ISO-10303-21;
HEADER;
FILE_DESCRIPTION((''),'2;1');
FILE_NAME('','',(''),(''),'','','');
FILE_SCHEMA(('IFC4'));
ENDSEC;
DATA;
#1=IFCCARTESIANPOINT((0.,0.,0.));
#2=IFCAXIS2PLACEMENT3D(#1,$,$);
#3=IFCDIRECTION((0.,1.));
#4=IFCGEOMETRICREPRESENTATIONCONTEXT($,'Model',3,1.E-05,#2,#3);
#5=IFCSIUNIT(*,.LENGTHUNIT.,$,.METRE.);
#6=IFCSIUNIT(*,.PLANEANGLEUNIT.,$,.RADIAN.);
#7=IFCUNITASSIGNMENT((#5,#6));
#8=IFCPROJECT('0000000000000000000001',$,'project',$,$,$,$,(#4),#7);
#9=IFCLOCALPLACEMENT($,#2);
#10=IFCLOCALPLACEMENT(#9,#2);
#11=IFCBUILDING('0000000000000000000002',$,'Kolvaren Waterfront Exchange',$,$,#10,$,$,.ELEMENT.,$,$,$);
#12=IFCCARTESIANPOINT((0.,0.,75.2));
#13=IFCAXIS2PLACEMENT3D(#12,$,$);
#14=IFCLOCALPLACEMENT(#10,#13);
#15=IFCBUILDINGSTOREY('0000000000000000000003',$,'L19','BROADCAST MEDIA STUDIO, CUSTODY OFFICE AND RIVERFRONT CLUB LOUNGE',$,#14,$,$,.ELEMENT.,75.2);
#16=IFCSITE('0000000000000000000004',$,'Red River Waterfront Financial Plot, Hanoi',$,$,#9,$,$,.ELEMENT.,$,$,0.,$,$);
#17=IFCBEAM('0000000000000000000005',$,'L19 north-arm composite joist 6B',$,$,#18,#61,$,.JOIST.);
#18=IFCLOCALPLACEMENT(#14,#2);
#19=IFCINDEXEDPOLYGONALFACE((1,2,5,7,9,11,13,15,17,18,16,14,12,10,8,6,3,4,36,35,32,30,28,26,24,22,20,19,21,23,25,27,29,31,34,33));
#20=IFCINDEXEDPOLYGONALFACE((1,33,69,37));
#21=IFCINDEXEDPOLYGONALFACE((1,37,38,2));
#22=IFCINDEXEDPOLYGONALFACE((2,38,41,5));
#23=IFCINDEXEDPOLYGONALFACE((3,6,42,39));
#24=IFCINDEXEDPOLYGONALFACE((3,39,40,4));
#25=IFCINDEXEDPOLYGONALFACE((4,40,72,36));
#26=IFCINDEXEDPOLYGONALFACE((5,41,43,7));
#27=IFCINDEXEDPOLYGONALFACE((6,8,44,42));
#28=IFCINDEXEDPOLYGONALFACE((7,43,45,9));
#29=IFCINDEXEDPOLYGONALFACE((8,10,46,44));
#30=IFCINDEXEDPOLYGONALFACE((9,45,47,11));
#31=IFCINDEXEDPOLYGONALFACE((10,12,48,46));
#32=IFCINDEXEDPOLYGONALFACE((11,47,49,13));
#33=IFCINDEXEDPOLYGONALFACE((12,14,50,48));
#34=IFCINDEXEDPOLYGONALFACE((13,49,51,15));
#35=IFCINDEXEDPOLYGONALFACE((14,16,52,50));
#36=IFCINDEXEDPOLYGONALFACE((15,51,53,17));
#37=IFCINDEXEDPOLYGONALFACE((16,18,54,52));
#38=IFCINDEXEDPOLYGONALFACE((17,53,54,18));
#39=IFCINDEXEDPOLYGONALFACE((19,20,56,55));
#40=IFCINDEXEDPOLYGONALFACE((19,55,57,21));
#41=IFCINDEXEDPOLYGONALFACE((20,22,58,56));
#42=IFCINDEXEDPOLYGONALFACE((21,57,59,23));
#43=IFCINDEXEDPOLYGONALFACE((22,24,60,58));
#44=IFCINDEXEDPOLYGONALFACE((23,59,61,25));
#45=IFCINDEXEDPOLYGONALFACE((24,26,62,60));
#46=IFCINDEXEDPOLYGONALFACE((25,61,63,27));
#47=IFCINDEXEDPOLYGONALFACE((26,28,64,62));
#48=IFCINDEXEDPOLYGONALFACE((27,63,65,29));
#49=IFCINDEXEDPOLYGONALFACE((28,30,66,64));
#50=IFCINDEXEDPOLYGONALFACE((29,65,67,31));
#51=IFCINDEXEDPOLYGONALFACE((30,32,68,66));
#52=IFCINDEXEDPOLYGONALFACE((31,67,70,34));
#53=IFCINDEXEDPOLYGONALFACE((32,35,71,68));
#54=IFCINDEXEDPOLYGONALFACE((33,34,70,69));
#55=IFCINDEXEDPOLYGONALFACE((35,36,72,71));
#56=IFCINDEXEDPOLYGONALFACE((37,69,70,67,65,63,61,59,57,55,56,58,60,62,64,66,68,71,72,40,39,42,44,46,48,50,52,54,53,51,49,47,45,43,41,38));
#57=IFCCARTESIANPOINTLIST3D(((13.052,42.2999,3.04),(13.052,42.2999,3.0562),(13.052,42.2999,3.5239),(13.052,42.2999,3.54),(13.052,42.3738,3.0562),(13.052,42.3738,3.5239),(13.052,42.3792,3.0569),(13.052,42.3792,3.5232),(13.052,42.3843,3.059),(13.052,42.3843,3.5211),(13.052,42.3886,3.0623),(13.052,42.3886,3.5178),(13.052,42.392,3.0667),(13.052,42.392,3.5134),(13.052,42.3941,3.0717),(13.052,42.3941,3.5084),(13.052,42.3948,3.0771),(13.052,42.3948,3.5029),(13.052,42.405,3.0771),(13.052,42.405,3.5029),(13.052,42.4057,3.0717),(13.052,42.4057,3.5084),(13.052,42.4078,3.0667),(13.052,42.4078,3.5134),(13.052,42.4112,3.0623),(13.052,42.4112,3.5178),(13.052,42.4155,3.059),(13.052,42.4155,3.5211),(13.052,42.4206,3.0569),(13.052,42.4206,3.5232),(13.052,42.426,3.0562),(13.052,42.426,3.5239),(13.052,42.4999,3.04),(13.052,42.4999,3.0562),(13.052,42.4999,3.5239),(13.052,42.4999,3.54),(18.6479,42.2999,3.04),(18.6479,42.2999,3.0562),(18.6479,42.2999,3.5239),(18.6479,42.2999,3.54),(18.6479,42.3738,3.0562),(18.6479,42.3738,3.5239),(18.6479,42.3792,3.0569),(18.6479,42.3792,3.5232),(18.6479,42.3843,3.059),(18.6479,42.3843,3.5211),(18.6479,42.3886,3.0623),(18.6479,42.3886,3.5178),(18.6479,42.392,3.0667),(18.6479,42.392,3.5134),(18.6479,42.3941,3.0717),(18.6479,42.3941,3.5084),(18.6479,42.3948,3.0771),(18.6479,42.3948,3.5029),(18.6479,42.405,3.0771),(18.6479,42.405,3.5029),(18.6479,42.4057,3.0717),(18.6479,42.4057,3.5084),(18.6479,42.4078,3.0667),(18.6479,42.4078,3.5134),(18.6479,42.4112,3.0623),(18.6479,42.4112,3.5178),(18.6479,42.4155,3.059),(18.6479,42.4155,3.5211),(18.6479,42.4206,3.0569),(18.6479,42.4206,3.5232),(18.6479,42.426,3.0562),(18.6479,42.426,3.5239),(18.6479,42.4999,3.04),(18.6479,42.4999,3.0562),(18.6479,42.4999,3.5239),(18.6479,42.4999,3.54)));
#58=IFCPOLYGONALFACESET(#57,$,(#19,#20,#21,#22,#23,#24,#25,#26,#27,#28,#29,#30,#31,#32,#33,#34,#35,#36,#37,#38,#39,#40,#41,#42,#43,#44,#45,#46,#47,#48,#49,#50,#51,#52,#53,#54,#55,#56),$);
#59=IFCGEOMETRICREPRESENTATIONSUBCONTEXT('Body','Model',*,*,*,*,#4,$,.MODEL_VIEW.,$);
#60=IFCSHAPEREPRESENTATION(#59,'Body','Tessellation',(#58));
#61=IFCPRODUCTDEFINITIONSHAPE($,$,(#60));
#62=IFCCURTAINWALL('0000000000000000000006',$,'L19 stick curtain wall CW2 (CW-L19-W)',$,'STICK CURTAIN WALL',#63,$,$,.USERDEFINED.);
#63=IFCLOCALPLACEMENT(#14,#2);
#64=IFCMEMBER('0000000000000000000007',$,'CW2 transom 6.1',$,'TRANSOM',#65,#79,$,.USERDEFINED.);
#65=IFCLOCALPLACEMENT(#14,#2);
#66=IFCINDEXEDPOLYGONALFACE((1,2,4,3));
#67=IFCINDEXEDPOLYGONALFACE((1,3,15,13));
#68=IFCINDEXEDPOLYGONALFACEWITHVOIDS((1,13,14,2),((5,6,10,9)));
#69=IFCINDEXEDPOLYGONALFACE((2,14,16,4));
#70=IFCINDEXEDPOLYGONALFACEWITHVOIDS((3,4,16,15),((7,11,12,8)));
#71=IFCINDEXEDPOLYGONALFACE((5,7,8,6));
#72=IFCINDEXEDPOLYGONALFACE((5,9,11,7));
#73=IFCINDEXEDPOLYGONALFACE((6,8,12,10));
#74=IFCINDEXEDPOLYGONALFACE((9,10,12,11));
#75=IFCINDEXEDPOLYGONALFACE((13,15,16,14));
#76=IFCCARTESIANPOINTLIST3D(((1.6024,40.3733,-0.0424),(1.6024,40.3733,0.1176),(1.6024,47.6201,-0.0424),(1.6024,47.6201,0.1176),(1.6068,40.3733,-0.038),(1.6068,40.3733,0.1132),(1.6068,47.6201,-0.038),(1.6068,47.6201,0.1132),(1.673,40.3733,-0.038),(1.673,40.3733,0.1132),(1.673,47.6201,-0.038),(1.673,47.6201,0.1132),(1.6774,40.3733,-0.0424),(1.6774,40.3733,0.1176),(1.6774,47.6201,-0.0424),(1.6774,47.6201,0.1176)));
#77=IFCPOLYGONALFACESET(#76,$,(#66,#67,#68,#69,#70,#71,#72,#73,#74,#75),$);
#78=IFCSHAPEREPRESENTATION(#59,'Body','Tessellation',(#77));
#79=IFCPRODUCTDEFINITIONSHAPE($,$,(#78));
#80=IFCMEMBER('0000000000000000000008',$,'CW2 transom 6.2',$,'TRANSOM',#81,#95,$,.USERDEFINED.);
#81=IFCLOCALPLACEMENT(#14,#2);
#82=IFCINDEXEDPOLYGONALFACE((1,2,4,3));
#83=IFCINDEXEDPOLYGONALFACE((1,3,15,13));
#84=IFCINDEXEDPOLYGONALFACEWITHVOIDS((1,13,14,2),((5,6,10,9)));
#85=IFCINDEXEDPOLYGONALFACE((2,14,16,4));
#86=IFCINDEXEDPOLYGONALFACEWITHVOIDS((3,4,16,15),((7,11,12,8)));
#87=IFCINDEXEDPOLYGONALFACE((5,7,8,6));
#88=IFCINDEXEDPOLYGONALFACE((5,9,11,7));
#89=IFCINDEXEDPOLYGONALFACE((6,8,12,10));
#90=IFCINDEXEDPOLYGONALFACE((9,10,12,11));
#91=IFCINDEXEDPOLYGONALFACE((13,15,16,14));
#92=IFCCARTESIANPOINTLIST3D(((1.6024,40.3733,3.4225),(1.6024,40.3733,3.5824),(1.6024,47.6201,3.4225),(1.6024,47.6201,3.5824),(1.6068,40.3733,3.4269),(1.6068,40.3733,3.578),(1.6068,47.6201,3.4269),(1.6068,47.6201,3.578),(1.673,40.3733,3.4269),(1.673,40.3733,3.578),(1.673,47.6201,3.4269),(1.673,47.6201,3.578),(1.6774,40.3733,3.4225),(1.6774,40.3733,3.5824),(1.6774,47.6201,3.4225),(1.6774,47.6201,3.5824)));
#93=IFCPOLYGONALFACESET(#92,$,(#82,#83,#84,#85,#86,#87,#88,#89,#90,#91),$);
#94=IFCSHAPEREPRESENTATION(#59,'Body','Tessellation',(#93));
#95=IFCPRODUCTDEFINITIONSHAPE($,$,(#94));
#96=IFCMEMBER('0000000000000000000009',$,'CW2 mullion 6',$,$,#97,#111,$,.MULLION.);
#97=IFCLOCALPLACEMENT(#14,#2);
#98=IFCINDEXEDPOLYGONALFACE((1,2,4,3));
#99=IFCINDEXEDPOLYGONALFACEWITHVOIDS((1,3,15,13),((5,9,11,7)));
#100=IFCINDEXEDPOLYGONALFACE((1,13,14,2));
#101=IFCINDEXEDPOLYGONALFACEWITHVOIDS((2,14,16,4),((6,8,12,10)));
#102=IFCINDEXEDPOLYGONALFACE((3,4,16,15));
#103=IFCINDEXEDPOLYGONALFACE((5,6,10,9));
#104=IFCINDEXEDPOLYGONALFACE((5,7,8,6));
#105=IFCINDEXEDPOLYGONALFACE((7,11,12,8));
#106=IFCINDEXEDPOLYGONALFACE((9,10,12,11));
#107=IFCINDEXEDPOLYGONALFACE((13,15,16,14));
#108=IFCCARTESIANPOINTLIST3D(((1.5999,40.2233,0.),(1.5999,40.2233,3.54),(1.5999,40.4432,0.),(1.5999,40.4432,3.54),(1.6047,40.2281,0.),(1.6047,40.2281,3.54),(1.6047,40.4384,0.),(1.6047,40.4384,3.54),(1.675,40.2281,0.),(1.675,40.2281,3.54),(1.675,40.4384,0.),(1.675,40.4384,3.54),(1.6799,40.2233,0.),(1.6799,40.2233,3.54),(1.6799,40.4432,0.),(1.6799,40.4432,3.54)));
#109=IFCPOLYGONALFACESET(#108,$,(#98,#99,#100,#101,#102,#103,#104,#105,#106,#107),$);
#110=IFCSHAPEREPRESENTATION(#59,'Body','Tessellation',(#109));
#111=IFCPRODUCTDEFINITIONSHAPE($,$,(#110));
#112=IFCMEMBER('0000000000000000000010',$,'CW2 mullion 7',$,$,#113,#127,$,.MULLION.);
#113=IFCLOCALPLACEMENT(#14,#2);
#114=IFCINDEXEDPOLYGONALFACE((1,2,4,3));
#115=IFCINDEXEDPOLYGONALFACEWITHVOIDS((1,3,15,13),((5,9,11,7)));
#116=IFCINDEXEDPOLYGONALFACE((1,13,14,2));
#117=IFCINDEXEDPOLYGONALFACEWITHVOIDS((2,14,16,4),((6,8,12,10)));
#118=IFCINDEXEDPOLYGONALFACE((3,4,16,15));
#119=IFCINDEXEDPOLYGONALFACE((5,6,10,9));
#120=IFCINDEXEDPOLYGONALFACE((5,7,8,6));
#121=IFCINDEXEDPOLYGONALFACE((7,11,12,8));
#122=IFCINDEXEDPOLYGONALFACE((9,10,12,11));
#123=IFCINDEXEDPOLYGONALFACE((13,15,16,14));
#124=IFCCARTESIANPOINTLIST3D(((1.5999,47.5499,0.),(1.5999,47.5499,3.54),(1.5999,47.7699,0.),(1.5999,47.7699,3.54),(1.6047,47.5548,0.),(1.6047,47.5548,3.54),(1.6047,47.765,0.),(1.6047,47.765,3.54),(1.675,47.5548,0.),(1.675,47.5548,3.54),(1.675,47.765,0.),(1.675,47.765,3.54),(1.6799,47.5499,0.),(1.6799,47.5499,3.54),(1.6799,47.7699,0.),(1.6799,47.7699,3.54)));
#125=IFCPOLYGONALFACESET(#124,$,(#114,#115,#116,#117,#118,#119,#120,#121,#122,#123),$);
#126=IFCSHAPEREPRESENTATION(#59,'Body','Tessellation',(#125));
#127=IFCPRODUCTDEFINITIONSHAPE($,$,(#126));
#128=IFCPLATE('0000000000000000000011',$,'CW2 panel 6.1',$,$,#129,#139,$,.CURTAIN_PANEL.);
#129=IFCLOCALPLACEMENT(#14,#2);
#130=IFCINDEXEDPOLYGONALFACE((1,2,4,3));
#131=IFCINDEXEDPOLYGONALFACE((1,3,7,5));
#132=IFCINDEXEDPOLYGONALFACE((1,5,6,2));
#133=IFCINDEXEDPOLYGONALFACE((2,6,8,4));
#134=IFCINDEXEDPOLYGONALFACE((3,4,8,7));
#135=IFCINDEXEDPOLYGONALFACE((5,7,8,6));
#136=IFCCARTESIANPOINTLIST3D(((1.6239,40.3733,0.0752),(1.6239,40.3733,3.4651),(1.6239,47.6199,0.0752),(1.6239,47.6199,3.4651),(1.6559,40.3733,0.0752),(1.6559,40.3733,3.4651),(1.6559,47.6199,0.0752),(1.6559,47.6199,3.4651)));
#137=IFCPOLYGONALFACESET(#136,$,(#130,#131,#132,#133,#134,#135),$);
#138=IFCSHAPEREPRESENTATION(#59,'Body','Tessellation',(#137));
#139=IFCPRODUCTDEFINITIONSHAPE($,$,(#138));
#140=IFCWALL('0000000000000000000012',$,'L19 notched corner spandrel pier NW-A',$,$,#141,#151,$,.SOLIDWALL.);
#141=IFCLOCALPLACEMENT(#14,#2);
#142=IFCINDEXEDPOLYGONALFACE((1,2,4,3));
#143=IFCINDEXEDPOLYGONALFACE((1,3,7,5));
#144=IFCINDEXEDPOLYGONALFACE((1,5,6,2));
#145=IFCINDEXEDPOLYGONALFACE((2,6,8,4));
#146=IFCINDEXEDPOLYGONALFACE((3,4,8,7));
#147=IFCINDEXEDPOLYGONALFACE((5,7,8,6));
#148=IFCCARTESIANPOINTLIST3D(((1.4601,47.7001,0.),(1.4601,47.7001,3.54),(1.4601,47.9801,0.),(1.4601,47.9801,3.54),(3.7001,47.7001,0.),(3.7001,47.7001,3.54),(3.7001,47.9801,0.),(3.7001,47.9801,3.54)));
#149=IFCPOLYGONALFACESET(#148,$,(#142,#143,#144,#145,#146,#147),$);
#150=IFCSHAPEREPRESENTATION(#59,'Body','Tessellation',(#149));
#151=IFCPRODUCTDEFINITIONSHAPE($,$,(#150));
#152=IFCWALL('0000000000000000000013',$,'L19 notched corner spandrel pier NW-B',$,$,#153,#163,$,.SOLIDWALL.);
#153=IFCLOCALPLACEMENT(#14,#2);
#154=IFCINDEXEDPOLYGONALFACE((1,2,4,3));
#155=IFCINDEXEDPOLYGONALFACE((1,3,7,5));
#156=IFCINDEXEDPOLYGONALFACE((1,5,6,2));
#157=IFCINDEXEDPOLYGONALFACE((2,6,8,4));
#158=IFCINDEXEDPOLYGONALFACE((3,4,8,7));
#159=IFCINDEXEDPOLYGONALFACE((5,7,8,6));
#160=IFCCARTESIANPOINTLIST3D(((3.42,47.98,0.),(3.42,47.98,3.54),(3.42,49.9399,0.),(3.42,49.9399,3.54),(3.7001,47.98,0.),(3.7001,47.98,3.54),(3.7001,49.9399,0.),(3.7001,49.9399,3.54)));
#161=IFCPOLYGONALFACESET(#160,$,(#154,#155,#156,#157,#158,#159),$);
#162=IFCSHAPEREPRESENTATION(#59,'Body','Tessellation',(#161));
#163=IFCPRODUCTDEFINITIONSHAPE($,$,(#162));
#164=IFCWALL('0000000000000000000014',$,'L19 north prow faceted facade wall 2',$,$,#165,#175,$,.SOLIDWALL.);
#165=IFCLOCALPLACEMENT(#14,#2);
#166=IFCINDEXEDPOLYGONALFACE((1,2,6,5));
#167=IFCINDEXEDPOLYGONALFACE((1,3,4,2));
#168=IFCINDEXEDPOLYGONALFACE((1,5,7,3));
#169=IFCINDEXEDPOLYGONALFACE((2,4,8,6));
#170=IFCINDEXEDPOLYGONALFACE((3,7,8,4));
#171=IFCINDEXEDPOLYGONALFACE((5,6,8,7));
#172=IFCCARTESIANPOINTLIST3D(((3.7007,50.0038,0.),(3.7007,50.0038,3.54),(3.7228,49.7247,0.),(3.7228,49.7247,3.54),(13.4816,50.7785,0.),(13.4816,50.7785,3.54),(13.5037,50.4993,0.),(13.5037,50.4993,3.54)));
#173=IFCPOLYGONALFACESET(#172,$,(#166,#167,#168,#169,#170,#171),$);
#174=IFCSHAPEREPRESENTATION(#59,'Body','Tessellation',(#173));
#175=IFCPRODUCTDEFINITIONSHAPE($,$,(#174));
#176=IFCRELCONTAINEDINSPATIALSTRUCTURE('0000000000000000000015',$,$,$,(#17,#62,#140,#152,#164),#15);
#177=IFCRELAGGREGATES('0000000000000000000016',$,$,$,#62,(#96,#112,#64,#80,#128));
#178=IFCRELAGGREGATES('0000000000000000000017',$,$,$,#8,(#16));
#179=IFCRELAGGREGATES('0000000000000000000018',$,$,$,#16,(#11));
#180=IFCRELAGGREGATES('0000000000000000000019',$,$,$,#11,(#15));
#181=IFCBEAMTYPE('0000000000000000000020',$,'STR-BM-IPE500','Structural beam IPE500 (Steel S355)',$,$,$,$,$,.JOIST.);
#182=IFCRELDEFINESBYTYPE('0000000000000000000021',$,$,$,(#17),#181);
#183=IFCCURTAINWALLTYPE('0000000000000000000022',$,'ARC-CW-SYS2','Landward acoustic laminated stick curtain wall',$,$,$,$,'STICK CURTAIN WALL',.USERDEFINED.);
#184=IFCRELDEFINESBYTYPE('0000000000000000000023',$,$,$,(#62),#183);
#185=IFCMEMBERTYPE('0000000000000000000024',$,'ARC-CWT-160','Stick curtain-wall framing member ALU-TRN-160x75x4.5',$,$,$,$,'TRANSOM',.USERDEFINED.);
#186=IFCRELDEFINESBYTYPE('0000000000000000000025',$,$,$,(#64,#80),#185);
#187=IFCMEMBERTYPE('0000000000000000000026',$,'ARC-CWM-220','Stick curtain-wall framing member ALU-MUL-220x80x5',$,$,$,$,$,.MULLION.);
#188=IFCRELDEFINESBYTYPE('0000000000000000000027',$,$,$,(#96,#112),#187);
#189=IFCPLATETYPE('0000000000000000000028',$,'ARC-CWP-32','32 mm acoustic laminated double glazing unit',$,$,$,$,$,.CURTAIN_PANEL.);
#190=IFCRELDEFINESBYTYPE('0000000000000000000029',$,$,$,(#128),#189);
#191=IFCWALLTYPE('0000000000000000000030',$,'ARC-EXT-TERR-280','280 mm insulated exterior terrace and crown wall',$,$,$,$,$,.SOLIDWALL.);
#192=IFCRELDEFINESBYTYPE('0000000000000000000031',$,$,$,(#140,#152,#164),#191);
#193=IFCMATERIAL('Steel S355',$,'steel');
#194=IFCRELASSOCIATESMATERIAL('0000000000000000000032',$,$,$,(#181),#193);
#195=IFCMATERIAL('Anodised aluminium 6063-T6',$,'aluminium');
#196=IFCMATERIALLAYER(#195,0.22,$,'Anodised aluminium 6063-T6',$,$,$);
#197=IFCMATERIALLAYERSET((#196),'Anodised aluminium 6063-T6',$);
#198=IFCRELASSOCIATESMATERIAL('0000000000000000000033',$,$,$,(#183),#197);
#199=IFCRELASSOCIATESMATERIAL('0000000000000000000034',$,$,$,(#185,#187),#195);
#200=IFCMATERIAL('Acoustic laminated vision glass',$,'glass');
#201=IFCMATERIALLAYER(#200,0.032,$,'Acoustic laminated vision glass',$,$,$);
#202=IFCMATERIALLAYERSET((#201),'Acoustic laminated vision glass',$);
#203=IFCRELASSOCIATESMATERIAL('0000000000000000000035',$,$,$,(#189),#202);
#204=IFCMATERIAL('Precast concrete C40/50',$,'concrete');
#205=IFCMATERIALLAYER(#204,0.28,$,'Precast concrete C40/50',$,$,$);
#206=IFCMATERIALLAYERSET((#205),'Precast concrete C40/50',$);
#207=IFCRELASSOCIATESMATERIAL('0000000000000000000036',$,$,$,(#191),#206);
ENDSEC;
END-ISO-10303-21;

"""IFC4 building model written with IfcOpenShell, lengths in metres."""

from ifc_helpers import new_model, si_unit, direction, frame, frame_2d, origin, origin_with_axes, origin_2d, place, context, subcontext, project, spatial, rectangle, hollow_rectangle, i_section, extrude, source, transform, mapped, material, layer, layer_set, material_profile, profile_set, type_object, element, aggregate, save


model = new_model("IFC4")

# Units and contexts
model_context = context("Model", 3, precision=1e-05, world=origin(), true_north=direction((0.0, 1.0)))
body_context = subcontext(model_context, "Body", "Model", "MODEL_VIEW")
ifc_project = project(units=[si_unit("LENGTHUNIT", "METRE"), si_unit("PLANEANGLEUNIT", "RADIAN")], contexts=[model_context])

# Site, building, storey
site_placement = place(None, origin())
site = spatial("IfcSite", under=ifc_project, at=site_placement, Name="Red River Waterfront Financial Plot, Hanoi", CompositionType="ELEMENT", RefElevation=0.0)
building_placement = place(site_placement, origin())
building = spatial("IfcBuilding", under=site, at=building_placement, Name="Kolvaren Waterfront Exchange", CompositionType="ELEMENT")
storey_placement = place(building_placement, frame((0.0, 0.0, 75.2)))
storey = spatial("IfcBuildingStorey", under=building, at=storey_placement, Name="L19", Description="BROADCAST MEDIA STUDIO, CUSTODY OFFICE AND RIVERFRONT CLUB LOUNGE", CompositionType="ELEMENT", Elevation=75.2)

# Beam
ifc_material_1 = material(Name="Steel S355", Category="steel")
ifc_material_profile_1 = material_profile(ifc_material_1, i_section(OverallWidth=0.2, OverallDepth=0.5, WebThickness=0.0103, FlangeThickness=0.0161, FilletRadius=0.021, at=origin_2d()), Name="IPE500")
ifc_profile_set_1 = profile_set([ifc_material_profile_1], Name="Steel S355")
beam_type_1 = type_object("IfcBeamType", Name="STR-BM-IPE500", Description="Structural beam IPE500 (Steel S355)", PredefinedType="JOIST", material=ifc_profile_set_1)
beam_1_placement = place(storey_placement, frame((13.052, 42.3999, 3.29), z_axis=(1.0, 0.0, 0.0), x_axis=(0.0, 1.0, 0.0)))
element("IfcBeam", 1, at=beam_1_placement, inside=storey, type_object=beam_type_1, Name="L19 north-arm composite joist 6B", PredefinedType="JOIST", context=body_context, shape_type="SweptSolid", body=[
    extrude(i_section(OverallWidth=0.2, OverallDepth=0.5, WebThickness=0.0103, FlangeThickness=0.0161, FilletRadius=0.021, at=origin_2d()), origin(), (0.0, 0.0, 1.0), 5.5959),
])

# Curtain wall, members, plate
ifc_material_2 = material(Name="Anodised aluminium 6063-T6", Category="aluminium")
ifc_layer_1 = layer(ifc_material_2, 0.22, Name="Anodised aluminium 6063-T6")
ifc_layer_set_1 = layer_set([ifc_layer_1], Name="Anodised aluminium 6063-T6")
curtain_wall_type = type_object("IfcCurtainWallType", Name="ARC-CW-SYS2", Description="Landward acoustic laminated stick curtain wall", ElementType="STICK CURTAIN WALL", PredefinedType="USERDEFINED", material=ifc_layer_set_1)
curtain_wall_placement = place(storey_placement, origin())
curtain_wall = element("IfcCurtainWall", 2, at=curtain_wall_placement, inside=storey, type_object=curtain_wall_type, Name="L19 stick curtain wall CW2 (CW-L19-W)", ObjectType="STICK CURTAIN WALL", PredefinedType="USERDEFINED")
ifc_material_profile_2 = material_profile(ifc_material_2, hollow_rectangle(XDim=0.075, YDim=0.1599, WallThickness=0.0044, at=origin_2d()), Name="ALU-TRN-160x75x4.5")
ifc_profile_set_2 = profile_set([ifc_material_profile_2], Name="Anodised aluminium 6063-T6")
member_type_1 = type_object("IfcMemberType", Name="ARC-CWT-160", Description="Stick curtain-wall framing member ALU-TRN-160x75x4.5", ElementType="TRANSOM", PredefinedType="USERDEFINED", material=ifc_profile_set_2)
shared_shape_1 = source(origin_with_axes(), body_context, "Body", "SweptSolid", [
    extrude(hollow_rectangle(XDim=0.075, YDim=0.1599, WallThickness=0.0044, at=origin_2d()), origin(), (0.0, 0.0, 1.0), 7.2468),
])
member_1_placement = place(storey_placement, frame((1.6399, 40.3733, 0.0376), z_axis=(0.0, 1.0, 0.0), x_axis=(-1.0, 0.0, 0.0)))
member_1 = element("IfcMember", 3, at=member_1_placement, type_object=member_type_1, Name="CW2 transom 6.1", ObjectType="TRANSOM", PredefinedType="USERDEFINED", context=body_context, shape_type="MappedRepresentation", body=[
    mapped(shared_shape_1, transform((0.0, 0.0, 0.0), x_axis=(1.0, 0.0, 0.0), y_axis=(0.0, 1.0, 0.0), z_axis=(0.0, 0.0, 1.0), scale=1.0)),
])
member_2_placement = place(storey_placement, frame((1.6399, 40.3733, 3.5024), z_axis=(0.0, 1.0, 0.0), x_axis=(-1.0, 0.0, 0.0)))
member_2 = element("IfcMember", 4, at=member_2_placement, type_object=member_type_1, Name="CW2 transom 6.2", ObjectType="TRANSOM", PredefinedType="USERDEFINED", context=body_context, shape_type="MappedRepresentation", body=[
    mapped(shared_shape_1, transform((0.0, 0.0, 0.0), x_axis=(1.0, 0.0, 0.0), y_axis=(0.0, 1.0, 0.0), z_axis=(0.0, 0.0, 1.0), scale=1.0)),
])
ifc_material_profile_3 = material_profile(ifc_material_2, hollow_rectangle(XDim=0.0801, YDim=0.22, WallThickness=0.0049, at=origin_2d()), Name="ALU-MUL-220x80x5")
ifc_profile_set_3 = profile_set([ifc_material_profile_3], Name="Anodised aluminium 6063-T6")
member_type_2 = type_object("IfcMemberType", Name="ARC-CWM-220", Description="Stick curtain-wall framing member ALU-MUL-220x80x5", PredefinedType="MULLION", material=ifc_profile_set_3)
shared_shape_2 = source(origin_with_axes(), body_context, "Body", "SweptSolid", [
    extrude(hollow_rectangle(XDim=0.0801, YDim=0.22, WallThickness=0.0049, at=origin_2d()), origin(), (0.0, 0.0, 1.0), 3.54),
])
member_3_placement = place(storey_placement, frame((1.6399, 40.3333, 0.0), z_axis=(0.0, 0.0, 1.0), x_axis=(-1.0, 0.0, 0.0)))
member_3 = element("IfcMember", 5, at=member_3_placement, type_object=member_type_2, Name="CW2 mullion 6", PredefinedType="MULLION", context=body_context, shape_type="MappedRepresentation", body=[
    mapped(shared_shape_2, transform((0.0, 0.0, 0.0), x_axis=(1.0, 0.0, 0.0), y_axis=(0.0, 1.0, 0.0), z_axis=(0.0, 0.0, 1.0), scale=1.0)),
])
member_4_placement = place(storey_placement, frame((1.6399, 47.6599, 0.0), z_axis=(0.0, 0.0, 1.0), x_axis=(-1.0, 0.0, 0.0)))
member_4 = element("IfcMember", 6, at=member_4_placement, type_object=member_type_2, Name="CW2 mullion 7", PredefinedType="MULLION", context=body_context, shape_type="MappedRepresentation", body=[
    mapped(shared_shape_2, transform((0.0, 0.0, 0.0), x_axis=(1.0, 0.0, 0.0), y_axis=(0.0, 1.0, 0.0), z_axis=(0.0, 0.0, 1.0), scale=1.0)),
])
ifc_material_3 = material(Name="Acoustic laminated vision glass", Category="glass")
ifc_layer_2 = layer(ifc_material_3, 0.032, Name="Acoustic laminated vision glass")
ifc_layer_set_2 = layer_set([ifc_layer_2], Name="Acoustic laminated vision glass")
plate_type = type_object("IfcPlateType", Name="ARC-CWP-32", Description="32 mm acoustic laminated double glazing unit", PredefinedType="CURTAIN_PANEL", material=ifc_layer_set_2)
shared_shape_3 = source(origin_with_axes(), body_context, "Body", "SweptSolid", [
    extrude(rectangle(XDim=7.2466, YDim=0.032, at=origin_2d()), origin(), (0.0, 0.0, 1.0), 3.3899),
])
plate_placement = place(storey_placement, frame((1.6399, 43.9966, 0.0752), z_axis=(0.0, 0.0, 1.0), x_axis=(0.0, 1.0, 0.0)))
plate = element("IfcPlate", 7, at=plate_placement, type_object=plate_type, Name="CW2 panel 6.1", PredefinedType="CURTAIN_PANEL", context=body_context, shape_type="MappedRepresentation", body=[
    mapped(shared_shape_3, transform((0.0, 0.0, 0.0), x_axis=(1.0, 0.0, 0.0), y_axis=(0.0, 1.0, 0.0), z_axis=(0.0, 0.0, 1.0), scale=1.0)),
])
aggregate(curtain_wall, [member_3, member_4, member_1, member_2, plate])

# Walls
ifc_material_4 = material(Name="Precast concrete C40/50", Category="concrete")
ifc_layer_3 = layer(ifc_material_4, 0.28, Name="Precast concrete C40/50")
ifc_layer_set_3 = layer_set([ifc_layer_3], Name="Precast concrete C40/50")
wall_type_1 = type_object("IfcWallType", Name="ARC-EXT-TERR-280", Description="280 mm insulated exterior terrace and crown wall", PredefinedType="SOLIDWALL", material=ifc_layer_set_3)
wall_1_placement = place(storey_placement, frame((1.46, 47.8401, 0.0), z_axis=(0.0, 0.0, 1.0), x_axis=(1.0, 0.0, 0.0)))
element("IfcWall", 8, at=wall_1_placement, inside=storey, type_object=wall_type_1, Name="L19 notched corner spandrel pier NW-A", PredefinedType="SOLIDWALL", context=body_context, shape_type="SweptSolid", body=[
    extrude(rectangle(XDim=2.24, YDim=0.28, at=frame_2d((1.1201, 0.0))), origin(), (0.0, 0.0, 1.0), 3.54),
])
wall_2_placement = place(storey_placement, frame((3.5601, 47.98, 0.0), z_axis=(0.0, 0.0, 1.0), x_axis=(0.0, 1.0, 0.0)))
element("IfcWall", 9, at=wall_2_placement, inside=storey, type_object=wall_type_1, Name="L19 notched corner spandrel pier NW-B", PredefinedType="SOLIDWALL", context=body_context, shape_type="SweptSolid", body=[
    extrude(rectangle(XDim=1.96, YDim=0.28, at=frame_2d((0.98, 0.0))), origin(), (0.0, 0.0, 1.0), 3.54),
])
wall_3_placement = place(storey_placement, frame((13.4927, 50.6389, 0.0), z_axis=(0.0, 0.0, 1.0), x_axis=(-0.996878, -0.078953, 0.0)))
element("IfcWall", 10, at=wall_3_placement, inside=storey, type_object=wall_type_1, Name="L19 north prow faceted facade wall 2", PredefinedType="SOLIDWALL", context=body_context, shape_type="SweptSolid", body=[
    extrude(rectangle(XDim=9.8115, YDim=0.28, at=frame_2d((4.9058, 0.0))), origin(), (0.0, 0.0, 1.0), 3.54),
])

save(model, "model.ifc")
